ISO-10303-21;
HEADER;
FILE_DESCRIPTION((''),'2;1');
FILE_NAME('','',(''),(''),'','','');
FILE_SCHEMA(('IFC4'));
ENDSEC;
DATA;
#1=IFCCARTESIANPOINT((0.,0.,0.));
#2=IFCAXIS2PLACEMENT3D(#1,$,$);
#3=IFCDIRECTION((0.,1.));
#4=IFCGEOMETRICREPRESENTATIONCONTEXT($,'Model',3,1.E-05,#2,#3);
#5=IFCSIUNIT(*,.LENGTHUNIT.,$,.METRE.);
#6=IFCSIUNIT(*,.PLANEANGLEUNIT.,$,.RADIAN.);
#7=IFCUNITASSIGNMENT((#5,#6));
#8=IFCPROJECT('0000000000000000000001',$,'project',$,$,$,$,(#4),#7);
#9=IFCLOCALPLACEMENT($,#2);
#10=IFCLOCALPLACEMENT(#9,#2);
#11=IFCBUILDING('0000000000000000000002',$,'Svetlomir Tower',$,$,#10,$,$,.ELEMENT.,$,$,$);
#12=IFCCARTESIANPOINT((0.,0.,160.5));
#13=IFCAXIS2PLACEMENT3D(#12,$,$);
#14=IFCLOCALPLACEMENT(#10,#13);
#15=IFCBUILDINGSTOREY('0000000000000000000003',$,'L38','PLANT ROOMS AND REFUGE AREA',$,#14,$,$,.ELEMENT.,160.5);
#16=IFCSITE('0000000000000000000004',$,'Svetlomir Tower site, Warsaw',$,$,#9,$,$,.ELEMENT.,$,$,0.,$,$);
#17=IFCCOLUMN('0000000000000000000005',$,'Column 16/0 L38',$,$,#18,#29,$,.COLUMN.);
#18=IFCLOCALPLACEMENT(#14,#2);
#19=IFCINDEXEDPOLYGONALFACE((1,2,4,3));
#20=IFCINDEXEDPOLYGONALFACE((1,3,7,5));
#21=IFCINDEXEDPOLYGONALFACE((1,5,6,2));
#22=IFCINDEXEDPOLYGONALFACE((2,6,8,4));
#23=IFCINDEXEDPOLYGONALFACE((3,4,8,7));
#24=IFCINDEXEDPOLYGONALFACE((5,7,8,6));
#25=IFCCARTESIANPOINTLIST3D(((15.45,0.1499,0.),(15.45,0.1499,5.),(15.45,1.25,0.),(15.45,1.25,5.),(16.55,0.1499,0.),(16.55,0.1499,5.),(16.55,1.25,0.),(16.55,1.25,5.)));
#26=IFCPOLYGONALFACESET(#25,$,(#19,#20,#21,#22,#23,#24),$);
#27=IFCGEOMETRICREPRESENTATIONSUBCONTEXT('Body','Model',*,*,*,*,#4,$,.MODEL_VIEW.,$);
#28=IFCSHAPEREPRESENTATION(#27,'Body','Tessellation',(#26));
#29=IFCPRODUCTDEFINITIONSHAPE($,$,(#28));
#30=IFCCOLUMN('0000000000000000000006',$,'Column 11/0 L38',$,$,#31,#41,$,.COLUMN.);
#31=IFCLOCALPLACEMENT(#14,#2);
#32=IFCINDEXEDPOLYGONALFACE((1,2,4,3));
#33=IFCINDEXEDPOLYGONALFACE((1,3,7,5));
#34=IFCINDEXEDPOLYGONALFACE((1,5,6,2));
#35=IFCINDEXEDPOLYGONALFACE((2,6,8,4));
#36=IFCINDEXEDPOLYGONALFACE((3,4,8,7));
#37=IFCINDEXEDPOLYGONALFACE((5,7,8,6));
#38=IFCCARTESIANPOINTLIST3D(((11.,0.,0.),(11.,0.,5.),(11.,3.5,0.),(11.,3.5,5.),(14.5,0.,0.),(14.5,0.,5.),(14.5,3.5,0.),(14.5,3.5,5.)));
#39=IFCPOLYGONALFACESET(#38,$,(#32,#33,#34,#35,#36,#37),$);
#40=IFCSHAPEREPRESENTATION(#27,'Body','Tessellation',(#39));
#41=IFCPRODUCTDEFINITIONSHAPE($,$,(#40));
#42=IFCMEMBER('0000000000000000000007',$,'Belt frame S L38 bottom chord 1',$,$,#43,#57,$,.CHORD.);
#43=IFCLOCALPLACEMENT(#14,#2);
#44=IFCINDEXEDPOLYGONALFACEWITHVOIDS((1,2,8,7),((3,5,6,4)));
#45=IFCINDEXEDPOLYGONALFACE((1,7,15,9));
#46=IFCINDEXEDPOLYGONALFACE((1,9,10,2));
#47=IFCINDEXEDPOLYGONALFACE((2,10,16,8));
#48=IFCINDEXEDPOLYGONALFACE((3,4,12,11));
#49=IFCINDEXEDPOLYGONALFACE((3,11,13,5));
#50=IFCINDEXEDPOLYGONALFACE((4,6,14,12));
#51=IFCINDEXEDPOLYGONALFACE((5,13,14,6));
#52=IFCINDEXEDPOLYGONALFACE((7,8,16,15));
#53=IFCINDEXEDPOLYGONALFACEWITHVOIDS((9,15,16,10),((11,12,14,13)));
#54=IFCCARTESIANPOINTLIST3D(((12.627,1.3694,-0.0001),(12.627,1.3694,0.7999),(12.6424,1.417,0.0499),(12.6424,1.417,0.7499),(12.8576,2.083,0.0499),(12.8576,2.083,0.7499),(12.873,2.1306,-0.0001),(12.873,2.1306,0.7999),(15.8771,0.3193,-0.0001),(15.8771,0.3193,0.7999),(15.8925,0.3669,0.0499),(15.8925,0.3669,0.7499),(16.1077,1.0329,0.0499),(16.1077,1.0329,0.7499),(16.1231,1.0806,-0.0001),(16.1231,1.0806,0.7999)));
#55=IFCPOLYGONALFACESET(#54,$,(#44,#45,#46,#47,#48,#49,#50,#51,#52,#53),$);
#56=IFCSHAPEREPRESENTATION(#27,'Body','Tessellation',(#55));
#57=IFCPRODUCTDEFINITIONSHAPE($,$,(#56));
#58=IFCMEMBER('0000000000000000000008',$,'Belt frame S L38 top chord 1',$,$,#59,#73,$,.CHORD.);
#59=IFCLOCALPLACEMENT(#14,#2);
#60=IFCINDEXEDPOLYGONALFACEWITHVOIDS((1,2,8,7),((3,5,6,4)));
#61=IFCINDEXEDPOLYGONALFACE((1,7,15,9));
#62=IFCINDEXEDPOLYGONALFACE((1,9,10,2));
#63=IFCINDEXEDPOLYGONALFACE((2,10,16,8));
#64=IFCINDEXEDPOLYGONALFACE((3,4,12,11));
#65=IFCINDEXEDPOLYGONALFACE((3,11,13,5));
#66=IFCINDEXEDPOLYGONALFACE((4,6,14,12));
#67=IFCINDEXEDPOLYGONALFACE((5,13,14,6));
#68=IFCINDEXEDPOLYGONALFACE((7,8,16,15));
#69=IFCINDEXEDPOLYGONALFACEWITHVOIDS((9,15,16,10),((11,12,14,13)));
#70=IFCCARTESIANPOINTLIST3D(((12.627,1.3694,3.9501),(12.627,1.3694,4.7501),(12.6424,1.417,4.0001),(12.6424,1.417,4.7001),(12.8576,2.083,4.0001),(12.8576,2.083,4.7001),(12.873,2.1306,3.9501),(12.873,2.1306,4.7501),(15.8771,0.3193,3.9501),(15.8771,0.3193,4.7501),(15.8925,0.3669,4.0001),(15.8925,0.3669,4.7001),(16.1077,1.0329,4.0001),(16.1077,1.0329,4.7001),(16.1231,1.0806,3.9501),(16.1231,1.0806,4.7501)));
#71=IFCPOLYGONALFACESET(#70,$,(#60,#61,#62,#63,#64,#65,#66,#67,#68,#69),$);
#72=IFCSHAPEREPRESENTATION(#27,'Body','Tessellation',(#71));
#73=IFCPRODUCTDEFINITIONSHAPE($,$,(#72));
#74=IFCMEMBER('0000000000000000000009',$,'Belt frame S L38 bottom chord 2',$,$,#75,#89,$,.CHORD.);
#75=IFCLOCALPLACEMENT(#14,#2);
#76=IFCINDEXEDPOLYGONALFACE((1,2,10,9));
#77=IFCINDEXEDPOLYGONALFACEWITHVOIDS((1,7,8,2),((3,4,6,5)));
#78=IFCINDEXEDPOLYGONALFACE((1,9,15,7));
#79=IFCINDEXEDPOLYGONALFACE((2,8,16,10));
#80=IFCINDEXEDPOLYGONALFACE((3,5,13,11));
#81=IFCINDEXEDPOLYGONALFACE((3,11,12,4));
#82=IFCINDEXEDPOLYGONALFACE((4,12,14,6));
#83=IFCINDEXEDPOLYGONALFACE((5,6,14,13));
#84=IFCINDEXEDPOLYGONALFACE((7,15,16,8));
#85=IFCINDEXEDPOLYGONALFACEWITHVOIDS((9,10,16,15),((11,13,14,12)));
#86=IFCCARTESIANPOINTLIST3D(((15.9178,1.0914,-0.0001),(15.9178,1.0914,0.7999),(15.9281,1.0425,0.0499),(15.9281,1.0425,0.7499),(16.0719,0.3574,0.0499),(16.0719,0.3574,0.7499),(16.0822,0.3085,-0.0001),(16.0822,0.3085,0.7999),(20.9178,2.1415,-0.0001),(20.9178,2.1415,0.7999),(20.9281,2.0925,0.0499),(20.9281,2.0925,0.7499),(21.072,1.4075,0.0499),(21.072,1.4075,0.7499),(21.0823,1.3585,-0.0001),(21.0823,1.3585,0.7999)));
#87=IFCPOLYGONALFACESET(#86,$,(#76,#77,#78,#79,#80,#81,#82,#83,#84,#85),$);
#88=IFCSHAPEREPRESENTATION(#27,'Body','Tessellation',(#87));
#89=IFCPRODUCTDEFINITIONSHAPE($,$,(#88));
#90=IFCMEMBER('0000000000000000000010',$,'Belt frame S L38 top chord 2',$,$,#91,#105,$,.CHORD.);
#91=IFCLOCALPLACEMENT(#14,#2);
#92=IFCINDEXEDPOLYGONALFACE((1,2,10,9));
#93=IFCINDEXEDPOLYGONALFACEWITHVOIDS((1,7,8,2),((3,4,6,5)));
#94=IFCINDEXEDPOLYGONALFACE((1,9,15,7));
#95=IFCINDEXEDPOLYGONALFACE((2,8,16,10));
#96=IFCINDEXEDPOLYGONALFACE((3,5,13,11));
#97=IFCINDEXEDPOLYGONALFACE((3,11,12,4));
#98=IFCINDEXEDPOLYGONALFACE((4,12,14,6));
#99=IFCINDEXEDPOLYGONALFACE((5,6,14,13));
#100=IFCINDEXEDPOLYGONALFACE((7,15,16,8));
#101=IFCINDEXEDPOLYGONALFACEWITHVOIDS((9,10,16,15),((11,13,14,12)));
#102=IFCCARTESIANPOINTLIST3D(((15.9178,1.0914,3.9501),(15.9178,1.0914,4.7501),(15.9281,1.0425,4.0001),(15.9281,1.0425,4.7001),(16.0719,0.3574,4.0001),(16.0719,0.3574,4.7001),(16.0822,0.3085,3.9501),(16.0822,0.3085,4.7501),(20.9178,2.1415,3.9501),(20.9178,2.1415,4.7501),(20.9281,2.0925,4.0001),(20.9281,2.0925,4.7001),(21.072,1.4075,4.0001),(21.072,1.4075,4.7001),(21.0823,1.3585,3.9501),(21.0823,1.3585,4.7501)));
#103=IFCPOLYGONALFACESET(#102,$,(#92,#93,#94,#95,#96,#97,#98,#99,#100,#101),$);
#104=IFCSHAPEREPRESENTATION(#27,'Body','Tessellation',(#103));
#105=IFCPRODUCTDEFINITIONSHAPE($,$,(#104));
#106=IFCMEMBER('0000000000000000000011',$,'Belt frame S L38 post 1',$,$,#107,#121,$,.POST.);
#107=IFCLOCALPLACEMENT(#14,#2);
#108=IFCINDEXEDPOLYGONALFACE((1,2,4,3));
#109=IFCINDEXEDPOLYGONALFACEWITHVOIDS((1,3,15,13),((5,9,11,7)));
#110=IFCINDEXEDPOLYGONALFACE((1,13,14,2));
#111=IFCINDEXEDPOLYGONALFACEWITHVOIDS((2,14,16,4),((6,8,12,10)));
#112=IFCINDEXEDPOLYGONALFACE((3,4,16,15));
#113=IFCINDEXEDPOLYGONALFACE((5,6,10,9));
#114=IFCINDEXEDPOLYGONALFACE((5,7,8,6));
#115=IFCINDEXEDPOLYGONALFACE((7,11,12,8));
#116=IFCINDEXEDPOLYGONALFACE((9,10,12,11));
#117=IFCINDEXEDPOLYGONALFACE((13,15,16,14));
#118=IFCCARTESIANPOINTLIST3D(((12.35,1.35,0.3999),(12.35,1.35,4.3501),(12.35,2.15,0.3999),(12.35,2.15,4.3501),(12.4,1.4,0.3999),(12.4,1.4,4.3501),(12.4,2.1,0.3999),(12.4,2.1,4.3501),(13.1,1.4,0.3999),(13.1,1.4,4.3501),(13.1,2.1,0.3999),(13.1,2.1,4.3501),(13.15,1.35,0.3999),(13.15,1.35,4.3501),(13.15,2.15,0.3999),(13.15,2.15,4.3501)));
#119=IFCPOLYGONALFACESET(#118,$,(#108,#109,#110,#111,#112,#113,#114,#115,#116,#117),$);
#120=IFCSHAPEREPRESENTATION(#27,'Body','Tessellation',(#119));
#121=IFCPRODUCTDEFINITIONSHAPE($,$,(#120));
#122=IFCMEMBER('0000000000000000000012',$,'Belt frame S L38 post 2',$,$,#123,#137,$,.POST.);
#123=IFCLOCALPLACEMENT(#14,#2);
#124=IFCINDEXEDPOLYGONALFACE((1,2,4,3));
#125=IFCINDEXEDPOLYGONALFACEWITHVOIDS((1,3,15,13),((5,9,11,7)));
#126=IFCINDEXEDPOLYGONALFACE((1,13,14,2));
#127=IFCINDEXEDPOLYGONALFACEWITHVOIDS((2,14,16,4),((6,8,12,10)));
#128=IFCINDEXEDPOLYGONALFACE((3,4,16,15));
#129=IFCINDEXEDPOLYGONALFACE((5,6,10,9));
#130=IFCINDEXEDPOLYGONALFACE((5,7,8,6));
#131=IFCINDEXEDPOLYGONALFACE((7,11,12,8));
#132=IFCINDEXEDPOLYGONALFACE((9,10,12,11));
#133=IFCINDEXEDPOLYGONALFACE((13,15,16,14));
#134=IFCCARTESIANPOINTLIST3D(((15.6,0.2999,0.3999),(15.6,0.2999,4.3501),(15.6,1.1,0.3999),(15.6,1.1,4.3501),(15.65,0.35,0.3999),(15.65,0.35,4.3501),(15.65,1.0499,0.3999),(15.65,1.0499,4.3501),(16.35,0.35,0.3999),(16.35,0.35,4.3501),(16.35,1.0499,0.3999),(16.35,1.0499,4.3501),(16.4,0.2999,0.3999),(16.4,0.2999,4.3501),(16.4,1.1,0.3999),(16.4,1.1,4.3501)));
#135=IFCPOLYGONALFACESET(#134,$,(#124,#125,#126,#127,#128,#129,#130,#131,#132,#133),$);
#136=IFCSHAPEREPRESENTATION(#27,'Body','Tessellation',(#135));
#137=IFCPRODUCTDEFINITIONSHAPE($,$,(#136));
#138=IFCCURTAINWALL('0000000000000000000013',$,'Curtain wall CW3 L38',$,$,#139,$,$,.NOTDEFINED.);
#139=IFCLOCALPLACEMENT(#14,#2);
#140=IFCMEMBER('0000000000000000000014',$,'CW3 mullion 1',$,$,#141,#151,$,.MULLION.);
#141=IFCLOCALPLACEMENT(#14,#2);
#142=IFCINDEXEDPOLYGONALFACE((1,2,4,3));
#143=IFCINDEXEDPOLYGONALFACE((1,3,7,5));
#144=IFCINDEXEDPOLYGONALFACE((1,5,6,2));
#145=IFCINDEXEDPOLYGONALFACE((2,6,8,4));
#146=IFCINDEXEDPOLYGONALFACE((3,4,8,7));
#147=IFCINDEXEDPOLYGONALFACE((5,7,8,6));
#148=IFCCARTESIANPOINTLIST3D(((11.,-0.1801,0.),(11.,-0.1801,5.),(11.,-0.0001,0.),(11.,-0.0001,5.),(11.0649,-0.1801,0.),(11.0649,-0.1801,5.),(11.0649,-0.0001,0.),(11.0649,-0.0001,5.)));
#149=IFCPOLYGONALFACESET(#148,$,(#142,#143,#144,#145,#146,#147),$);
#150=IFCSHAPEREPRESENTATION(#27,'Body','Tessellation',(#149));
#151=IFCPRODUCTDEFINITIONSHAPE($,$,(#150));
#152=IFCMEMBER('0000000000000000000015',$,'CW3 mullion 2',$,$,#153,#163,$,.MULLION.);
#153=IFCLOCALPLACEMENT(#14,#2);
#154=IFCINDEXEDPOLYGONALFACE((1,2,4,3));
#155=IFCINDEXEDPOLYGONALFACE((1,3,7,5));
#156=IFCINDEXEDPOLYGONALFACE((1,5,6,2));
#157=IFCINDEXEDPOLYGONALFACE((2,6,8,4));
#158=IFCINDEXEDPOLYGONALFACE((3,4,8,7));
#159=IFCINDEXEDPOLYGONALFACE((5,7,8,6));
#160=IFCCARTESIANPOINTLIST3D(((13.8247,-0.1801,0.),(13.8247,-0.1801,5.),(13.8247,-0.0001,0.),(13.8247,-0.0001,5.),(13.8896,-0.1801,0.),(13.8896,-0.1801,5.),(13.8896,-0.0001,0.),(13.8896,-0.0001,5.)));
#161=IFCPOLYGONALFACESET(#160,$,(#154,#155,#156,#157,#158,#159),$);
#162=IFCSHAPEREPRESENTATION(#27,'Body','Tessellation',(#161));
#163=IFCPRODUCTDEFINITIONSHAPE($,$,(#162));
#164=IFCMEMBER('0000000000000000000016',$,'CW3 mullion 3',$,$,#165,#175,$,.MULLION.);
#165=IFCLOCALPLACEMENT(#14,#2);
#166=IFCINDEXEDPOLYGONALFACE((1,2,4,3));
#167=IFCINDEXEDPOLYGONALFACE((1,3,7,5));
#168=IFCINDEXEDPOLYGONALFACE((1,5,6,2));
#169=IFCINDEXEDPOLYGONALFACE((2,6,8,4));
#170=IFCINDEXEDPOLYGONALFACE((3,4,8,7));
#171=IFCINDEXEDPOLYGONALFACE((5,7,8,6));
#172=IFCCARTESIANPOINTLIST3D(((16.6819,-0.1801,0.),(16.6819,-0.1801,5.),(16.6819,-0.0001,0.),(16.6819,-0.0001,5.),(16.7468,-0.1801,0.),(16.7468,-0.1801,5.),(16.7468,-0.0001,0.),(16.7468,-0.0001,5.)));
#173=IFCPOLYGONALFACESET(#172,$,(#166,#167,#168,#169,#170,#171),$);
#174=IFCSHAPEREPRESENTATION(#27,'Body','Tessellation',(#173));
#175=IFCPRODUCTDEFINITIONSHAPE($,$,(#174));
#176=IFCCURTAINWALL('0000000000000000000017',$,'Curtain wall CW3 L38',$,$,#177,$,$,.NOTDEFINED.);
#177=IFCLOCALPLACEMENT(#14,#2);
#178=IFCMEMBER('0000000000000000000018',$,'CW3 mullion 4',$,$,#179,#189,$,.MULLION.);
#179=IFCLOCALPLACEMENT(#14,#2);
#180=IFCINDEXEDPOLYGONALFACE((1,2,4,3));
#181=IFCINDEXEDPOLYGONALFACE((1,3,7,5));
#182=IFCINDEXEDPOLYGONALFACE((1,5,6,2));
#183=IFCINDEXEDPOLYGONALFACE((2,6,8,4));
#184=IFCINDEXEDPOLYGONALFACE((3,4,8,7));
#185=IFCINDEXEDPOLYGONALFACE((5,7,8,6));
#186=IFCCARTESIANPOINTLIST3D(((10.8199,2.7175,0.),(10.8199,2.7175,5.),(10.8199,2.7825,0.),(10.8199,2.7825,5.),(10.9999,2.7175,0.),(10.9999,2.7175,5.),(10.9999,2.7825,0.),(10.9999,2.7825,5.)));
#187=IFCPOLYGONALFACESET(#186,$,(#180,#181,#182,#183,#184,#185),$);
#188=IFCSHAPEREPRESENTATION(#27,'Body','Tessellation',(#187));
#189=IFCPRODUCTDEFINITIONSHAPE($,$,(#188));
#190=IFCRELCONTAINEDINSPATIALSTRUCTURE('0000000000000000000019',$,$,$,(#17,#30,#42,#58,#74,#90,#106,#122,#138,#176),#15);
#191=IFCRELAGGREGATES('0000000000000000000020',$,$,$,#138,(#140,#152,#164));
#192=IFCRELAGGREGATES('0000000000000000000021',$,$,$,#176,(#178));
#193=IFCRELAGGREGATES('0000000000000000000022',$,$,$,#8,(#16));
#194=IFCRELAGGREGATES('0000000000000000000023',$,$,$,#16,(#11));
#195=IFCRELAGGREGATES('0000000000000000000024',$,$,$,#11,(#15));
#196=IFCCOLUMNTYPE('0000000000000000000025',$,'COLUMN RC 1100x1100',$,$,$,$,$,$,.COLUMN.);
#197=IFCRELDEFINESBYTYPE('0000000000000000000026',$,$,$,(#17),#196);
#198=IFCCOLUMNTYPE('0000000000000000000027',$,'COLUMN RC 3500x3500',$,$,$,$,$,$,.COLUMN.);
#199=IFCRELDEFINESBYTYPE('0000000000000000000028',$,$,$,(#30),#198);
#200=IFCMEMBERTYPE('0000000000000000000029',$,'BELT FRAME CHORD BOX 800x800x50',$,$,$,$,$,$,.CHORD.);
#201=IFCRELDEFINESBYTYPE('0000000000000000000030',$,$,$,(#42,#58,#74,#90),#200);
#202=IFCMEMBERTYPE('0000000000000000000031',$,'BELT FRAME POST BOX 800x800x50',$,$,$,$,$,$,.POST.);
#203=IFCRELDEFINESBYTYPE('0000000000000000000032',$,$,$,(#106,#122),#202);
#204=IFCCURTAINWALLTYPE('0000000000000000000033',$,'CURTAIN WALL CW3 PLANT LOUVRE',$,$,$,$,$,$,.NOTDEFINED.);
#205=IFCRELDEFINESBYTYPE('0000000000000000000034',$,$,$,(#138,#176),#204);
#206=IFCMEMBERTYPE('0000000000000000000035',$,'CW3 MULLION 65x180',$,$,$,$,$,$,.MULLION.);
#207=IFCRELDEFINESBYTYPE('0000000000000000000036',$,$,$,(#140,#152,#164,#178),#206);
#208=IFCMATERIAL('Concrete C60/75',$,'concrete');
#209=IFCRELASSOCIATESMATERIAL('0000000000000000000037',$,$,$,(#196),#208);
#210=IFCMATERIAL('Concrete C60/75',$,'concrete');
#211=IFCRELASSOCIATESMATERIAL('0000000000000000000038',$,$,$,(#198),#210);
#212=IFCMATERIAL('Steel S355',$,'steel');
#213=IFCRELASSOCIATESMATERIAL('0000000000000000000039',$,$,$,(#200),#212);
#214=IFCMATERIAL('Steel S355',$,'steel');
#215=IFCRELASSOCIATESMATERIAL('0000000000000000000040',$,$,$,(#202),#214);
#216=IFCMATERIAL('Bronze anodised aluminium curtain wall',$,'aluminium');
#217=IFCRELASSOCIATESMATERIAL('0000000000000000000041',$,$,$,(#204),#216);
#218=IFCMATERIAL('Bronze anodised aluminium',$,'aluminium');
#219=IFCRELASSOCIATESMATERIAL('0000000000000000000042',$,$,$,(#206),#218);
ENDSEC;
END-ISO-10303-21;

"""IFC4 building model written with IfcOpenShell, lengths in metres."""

from ifc_helpers import new_model, si_unit, direction, frame, origin, origin_2d, place, context, subcontext, project, spatial, rectangle, hollow_rectangle, extrude, material, material_profile, profile_set, type_object, element, aggregate, save


model = new_model("IFC4")

# Units and contexts
model_context = context("Model", 3, precision=1e-05, world=origin(), true_north=direction((0.0, 1.0)))
body_context = subcontext(model_context, "Body", "Model", "MODEL_VIEW")
ifc_project = project(units=[si_unit("LENGTHUNIT", "METRE"), si_unit("PLANEANGLEUNIT", "RADIAN")], contexts=[model_context])

# Site, building, storey
site_placement = place(None, origin())
site = spatial("IfcSite", under=ifc_project, at=site_placement, Name="Svetlomir Tower site, Warsaw", CompositionType="ELEMENT", RefElevation=0.0)
building_placement = place(site_placement, origin())
building = spatial("IfcBuilding", under=site, at=building_placement, Name="Svetlomir Tower", CompositionType="ELEMENT")
storey_placement = place(building_placement, frame((0.0, 0.0, 160.5)))
storey = spatial("IfcBuildingStorey", under=building, at=storey_placement, Name="L38", Description="PLANT ROOMS AND REFUGE AREA", CompositionType="ELEMENT", Elevation=160.5)

# Columns
ifc_material_1 = material(Name="Concrete C60/75", Category="concrete")
ifc_material_profile_1 = material_profile(ifc_material_1, rectangle(XDim=1.1001, YDim=1.1001, at=origin_2d()), Name="RC 1100x1100")
ifc_profile_set_1 = profile_set([ifc_material_profile_1], Name="Concrete C60/75")
column_type_1 = type_object("IfcColumnType", Name="COLUMN RC 1100x1100", PredefinedType="COLUMN", material=ifc_profile_set_1)
column_1_placement = place(storey_placement, frame((16.0, 0.7, 0.0), z_axis=(0.0, 0.0, 1.0), x_axis=(1.0, 0.0, 0.0)))
element("IfcColumn", 1, at=column_1_placement, inside=storey, type_object=column_type_1, Name="Column 16/0 L38", PredefinedType="COLUMN", context=body_context, shape_type="SweptSolid", body=[
    extrude(rectangle(XDim=1.1001, YDim=1.1001, at=origin_2d()), origin(), (0.0, 0.0, 1.0), 5.0),
])
ifc_material_2 = material(Name="Concrete C60/75", Category="concrete")
ifc_material_profile_2 = material_profile(ifc_material_2, rectangle(XDim=3.5, YDim=3.5, at=origin_2d()), Name="RC 3500x3500")
ifc_profile_set_2 = profile_set([ifc_material_profile_2], Name="Concrete C60/75")
column_type_2 = type_object("IfcColumnType", Name="COLUMN RC 3500x3500", PredefinedType="COLUMN", material=ifc_profile_set_2)
column_2_placement = place(storey_placement, frame((12.75, 1.75, 0.0), z_axis=(0.0, 0.0, 1.0), x_axis=(1.0, 0.0, 0.0)))
element("IfcColumn", 2, at=column_2_placement, inside=storey, type_object=column_type_2, Name="Column 11/0 L38", PredefinedType="COLUMN", context=body_context, shape_type="SweptSolid", body=[
    extrude(rectangle(XDim=3.5, YDim=3.5, at=origin_2d()), origin(), (0.0, 0.0, 1.0), 5.0),
])

# Members
ifc_material_3 = material(Name="Steel S355", Category="steel")
ifc_material_profile_3 = material_profile(ifc_material_3, hollow_rectangle(XDim=0.8, YDim=0.8, WallThickness=0.05, at=origin_2d()), Name="BOX 800x800x50")
ifc_profile_set_3 = profile_set([ifc_material_profile_3], Name="Steel S355")
member_type_1 = type_object("IfcMemberType", Name="BELT FRAME CHORD BOX 800x800x50", PredefinedType="CHORD", material=ifc_profile_set_3)
for number, where, z_axis, x_axis, name in (
    (3, (12.75, 1.75, 0.3999), (0.951566, -0.307443, 0.0), (0.307443, 0.951566, 0.0), "Belt frame S L38 bottom chord 1"),
    (4, (12.75, 1.75, 4.3501), (0.951566, -0.307443, 0.0), (0.307443, 0.951566, 0.0), "Belt frame S L38 top chord 1"),
):
    element("IfcMember", number, at=place(storey_placement, frame(where, z_axis=z_axis, x_axis=x_axis)), inside=storey, type_object=member_type_1, Name=name, PredefinedType="CHORD", context=body_context, shape_type="SweptSolid", body=[
        extrude(hollow_rectangle(XDim=0.8, YDim=0.8, WallThickness=0.05, at=origin_2d()), origin(), (0.0, 0.0, 1.0), 3.4155),
    ])
for number, where, z_axis, x_axis, name in (
    (5, (16.0, 0.7, 0.3999), (0.978652, 0.205526, 0.0), (-0.205526, 0.978652, 0.0), "Belt frame S L38 bottom chord 2"),
    (6, (16.0, 0.7, 4.3501), (0.978652, 0.205526, 0.0), (-0.205526, 0.978652, 0.0), "Belt frame S L38 top chord 2"),
):
    element("IfcMember", number, at=place(storey_placement, frame(where, z_axis=z_axis, x_axis=x_axis)), inside=storey, type_object=member_type_1, Name=name, PredefinedType="CHORD", context=body_context, shape_type="SweptSolid", body=[
        extrude(hollow_rectangle(XDim=0.8, YDim=0.8, WallThickness=0.05, at=origin_2d()), origin(), (0.0, 0.0, 1.0), 5.1091),
    ])
ifc_material_4 = material(Name="Steel S355", Category="steel")
ifc_material_profile_4 = material_profile(ifc_material_4, hollow_rectangle(XDim=0.8, YDim=0.8, WallThickness=0.05, at=origin_2d()), Name="BOX 800x800x50")
ifc_profile_set_4 = profile_set([ifc_material_profile_4], Name="Steel S355")
member_type_2 = type_object("IfcMemberType", Name="BELT FRAME POST BOX 800x800x50", PredefinedType="POST", material=ifc_profile_set_4)
for number, where, z_axis, x_axis, name in (
    (7, (12.75, 1.75, 0.3999), (0.0, 0.0, 1.0), (1.0, 0.0, 0.0), "Belt frame S L38 post 1"),
    (8, (16.0, 0.7, 0.3999), (0.0, 0.0, 1.0), (1.0, 0.0, 0.0), "Belt frame S L38 post 2"),
):
    element("IfcMember", number, at=place(storey_placement, frame(where, z_axis=z_axis, x_axis=x_axis)), inside=storey, type_object=member_type_2, Name=name, PredefinedType="POST", context=body_context, shape_type="SweptSolid", body=[
        extrude(hollow_rectangle(XDim=0.8, YDim=0.8, WallThickness=0.05, at=origin_2d()), origin(), (0.0, 0.0, 1.0), 3.9502),
    ])

# Curtain walls, members
ifc_material_5 = material(Name="Bronze anodised aluminium curtain wall", Category="aluminium")
curtain_wall_type = type_object("IfcCurtainWallType", Name="CURTAIN WALL CW3 PLANT LOUVRE", PredefinedType="NOTDEFINED", material=ifc_material_5)
curtain_wall_1_placement = place(storey_placement, origin())
curtain_wall_1 = element("IfcCurtainWall", 9, at=curtain_wall_1_placement, inside=storey, type_object=curtain_wall_type, Name="Curtain wall CW3 L38", PredefinedType="NOTDEFINED")
ifc_material_6 = material(Name="Bronze anodised aluminium", Category="aluminium")
ifc_material_profile_5 = material_profile(ifc_material_6, rectangle(XDim=0.0649, YDim=0.1799, at=origin_2d()), Name="AL 65x180")
ifc_profile_set_5 = profile_set([ifc_material_profile_5], Name="Bronze anodised aluminium 6063-T6")
member_type_3 = type_object("IfcMemberType", Name="CW3 MULLION 65x180", PredefinedType="MULLION", material=ifc_profile_set_5)
member_1_placement = place(storey_placement, frame((11.0325, -0.0901, 0.0), z_axis=(0.0, 0.0, 1.0), x_axis=(1.0, 0.0, 0.0)))
member_1 = element("IfcMember", 10, at=member_1_placement, type_object=member_type_3, Name="CW3 mullion 1", PredefinedType="MULLION", context=body_context, shape_type="SweptSolid", body=[
    extrude(rectangle(XDim=0.0649, YDim=0.1799, at=origin_2d()), origin(), (0.0, 0.0, 1.0), 5.0),
])
member_2_placement = place(storey_placement, frame((13.8572, -0.0901, 0.0), z_axis=(0.0, 0.0, 1.0), x_axis=(1.0, 0.0, 0.0)))
member_2 = element("IfcMember", 11, at=member_2_placement, type_object=member_type_3, Name="CW3 mullion 2", PredefinedType="MULLION", context=body_context, shape_type="SweptSolid", body=[
    extrude(rectangle(XDim=0.0649, YDim=0.1799, at=origin_2d()), origin(), (0.0, 0.0, 1.0), 5.0),
])
member_3_placement = place(storey_placement, frame((16.7144, -0.0901, 0.0), z_axis=(0.0, 0.0, 1.0), x_axis=(1.0, 0.0, 0.0)))
member_3 = element("IfcMember", 12, at=member_3_placement, type_object=member_type_3, Name="CW3 mullion 3", PredefinedType="MULLION", context=body_context, shape_type="SweptSolid", body=[
    extrude(rectangle(XDim=0.0649, YDim=0.1799, at=origin_2d()), origin(), (0.0, 0.0, 1.0), 5.0),
])
curtain_wall_2_placement = place(storey_placement, origin())
curtain_wall_2 = element("IfcCurtainWall", 13, at=curtain_wall_2_placement, inside=storey, type_object=curtain_wall_type, Name="Curtain wall CW3 L38", PredefinedType="NOTDEFINED")
member_4_placement = place(storey_placement, frame((10.9099, 2.75, 0.0), z_axis=(0.0, 0.0, 1.0), x_axis=(0.0, -1.0, 0.0)))
member_4 = element("IfcMember", 14, at=member_4_placement, type_object=member_type_3, Name="CW3 mullion 4", PredefinedType="MULLION", context=body_context, shape_type="SweptSolid", body=[
    extrude(rectangle(XDim=0.0649, YDim=0.1799, at=origin_2d()), origin(), (0.0, 0.0, 1.0), 5.0),
])

aggregate(curtain_wall_1, [member_1, member_2, member_3])
aggregate(curtain_wall_2, [member_4])

save(model, "model.ifc")
